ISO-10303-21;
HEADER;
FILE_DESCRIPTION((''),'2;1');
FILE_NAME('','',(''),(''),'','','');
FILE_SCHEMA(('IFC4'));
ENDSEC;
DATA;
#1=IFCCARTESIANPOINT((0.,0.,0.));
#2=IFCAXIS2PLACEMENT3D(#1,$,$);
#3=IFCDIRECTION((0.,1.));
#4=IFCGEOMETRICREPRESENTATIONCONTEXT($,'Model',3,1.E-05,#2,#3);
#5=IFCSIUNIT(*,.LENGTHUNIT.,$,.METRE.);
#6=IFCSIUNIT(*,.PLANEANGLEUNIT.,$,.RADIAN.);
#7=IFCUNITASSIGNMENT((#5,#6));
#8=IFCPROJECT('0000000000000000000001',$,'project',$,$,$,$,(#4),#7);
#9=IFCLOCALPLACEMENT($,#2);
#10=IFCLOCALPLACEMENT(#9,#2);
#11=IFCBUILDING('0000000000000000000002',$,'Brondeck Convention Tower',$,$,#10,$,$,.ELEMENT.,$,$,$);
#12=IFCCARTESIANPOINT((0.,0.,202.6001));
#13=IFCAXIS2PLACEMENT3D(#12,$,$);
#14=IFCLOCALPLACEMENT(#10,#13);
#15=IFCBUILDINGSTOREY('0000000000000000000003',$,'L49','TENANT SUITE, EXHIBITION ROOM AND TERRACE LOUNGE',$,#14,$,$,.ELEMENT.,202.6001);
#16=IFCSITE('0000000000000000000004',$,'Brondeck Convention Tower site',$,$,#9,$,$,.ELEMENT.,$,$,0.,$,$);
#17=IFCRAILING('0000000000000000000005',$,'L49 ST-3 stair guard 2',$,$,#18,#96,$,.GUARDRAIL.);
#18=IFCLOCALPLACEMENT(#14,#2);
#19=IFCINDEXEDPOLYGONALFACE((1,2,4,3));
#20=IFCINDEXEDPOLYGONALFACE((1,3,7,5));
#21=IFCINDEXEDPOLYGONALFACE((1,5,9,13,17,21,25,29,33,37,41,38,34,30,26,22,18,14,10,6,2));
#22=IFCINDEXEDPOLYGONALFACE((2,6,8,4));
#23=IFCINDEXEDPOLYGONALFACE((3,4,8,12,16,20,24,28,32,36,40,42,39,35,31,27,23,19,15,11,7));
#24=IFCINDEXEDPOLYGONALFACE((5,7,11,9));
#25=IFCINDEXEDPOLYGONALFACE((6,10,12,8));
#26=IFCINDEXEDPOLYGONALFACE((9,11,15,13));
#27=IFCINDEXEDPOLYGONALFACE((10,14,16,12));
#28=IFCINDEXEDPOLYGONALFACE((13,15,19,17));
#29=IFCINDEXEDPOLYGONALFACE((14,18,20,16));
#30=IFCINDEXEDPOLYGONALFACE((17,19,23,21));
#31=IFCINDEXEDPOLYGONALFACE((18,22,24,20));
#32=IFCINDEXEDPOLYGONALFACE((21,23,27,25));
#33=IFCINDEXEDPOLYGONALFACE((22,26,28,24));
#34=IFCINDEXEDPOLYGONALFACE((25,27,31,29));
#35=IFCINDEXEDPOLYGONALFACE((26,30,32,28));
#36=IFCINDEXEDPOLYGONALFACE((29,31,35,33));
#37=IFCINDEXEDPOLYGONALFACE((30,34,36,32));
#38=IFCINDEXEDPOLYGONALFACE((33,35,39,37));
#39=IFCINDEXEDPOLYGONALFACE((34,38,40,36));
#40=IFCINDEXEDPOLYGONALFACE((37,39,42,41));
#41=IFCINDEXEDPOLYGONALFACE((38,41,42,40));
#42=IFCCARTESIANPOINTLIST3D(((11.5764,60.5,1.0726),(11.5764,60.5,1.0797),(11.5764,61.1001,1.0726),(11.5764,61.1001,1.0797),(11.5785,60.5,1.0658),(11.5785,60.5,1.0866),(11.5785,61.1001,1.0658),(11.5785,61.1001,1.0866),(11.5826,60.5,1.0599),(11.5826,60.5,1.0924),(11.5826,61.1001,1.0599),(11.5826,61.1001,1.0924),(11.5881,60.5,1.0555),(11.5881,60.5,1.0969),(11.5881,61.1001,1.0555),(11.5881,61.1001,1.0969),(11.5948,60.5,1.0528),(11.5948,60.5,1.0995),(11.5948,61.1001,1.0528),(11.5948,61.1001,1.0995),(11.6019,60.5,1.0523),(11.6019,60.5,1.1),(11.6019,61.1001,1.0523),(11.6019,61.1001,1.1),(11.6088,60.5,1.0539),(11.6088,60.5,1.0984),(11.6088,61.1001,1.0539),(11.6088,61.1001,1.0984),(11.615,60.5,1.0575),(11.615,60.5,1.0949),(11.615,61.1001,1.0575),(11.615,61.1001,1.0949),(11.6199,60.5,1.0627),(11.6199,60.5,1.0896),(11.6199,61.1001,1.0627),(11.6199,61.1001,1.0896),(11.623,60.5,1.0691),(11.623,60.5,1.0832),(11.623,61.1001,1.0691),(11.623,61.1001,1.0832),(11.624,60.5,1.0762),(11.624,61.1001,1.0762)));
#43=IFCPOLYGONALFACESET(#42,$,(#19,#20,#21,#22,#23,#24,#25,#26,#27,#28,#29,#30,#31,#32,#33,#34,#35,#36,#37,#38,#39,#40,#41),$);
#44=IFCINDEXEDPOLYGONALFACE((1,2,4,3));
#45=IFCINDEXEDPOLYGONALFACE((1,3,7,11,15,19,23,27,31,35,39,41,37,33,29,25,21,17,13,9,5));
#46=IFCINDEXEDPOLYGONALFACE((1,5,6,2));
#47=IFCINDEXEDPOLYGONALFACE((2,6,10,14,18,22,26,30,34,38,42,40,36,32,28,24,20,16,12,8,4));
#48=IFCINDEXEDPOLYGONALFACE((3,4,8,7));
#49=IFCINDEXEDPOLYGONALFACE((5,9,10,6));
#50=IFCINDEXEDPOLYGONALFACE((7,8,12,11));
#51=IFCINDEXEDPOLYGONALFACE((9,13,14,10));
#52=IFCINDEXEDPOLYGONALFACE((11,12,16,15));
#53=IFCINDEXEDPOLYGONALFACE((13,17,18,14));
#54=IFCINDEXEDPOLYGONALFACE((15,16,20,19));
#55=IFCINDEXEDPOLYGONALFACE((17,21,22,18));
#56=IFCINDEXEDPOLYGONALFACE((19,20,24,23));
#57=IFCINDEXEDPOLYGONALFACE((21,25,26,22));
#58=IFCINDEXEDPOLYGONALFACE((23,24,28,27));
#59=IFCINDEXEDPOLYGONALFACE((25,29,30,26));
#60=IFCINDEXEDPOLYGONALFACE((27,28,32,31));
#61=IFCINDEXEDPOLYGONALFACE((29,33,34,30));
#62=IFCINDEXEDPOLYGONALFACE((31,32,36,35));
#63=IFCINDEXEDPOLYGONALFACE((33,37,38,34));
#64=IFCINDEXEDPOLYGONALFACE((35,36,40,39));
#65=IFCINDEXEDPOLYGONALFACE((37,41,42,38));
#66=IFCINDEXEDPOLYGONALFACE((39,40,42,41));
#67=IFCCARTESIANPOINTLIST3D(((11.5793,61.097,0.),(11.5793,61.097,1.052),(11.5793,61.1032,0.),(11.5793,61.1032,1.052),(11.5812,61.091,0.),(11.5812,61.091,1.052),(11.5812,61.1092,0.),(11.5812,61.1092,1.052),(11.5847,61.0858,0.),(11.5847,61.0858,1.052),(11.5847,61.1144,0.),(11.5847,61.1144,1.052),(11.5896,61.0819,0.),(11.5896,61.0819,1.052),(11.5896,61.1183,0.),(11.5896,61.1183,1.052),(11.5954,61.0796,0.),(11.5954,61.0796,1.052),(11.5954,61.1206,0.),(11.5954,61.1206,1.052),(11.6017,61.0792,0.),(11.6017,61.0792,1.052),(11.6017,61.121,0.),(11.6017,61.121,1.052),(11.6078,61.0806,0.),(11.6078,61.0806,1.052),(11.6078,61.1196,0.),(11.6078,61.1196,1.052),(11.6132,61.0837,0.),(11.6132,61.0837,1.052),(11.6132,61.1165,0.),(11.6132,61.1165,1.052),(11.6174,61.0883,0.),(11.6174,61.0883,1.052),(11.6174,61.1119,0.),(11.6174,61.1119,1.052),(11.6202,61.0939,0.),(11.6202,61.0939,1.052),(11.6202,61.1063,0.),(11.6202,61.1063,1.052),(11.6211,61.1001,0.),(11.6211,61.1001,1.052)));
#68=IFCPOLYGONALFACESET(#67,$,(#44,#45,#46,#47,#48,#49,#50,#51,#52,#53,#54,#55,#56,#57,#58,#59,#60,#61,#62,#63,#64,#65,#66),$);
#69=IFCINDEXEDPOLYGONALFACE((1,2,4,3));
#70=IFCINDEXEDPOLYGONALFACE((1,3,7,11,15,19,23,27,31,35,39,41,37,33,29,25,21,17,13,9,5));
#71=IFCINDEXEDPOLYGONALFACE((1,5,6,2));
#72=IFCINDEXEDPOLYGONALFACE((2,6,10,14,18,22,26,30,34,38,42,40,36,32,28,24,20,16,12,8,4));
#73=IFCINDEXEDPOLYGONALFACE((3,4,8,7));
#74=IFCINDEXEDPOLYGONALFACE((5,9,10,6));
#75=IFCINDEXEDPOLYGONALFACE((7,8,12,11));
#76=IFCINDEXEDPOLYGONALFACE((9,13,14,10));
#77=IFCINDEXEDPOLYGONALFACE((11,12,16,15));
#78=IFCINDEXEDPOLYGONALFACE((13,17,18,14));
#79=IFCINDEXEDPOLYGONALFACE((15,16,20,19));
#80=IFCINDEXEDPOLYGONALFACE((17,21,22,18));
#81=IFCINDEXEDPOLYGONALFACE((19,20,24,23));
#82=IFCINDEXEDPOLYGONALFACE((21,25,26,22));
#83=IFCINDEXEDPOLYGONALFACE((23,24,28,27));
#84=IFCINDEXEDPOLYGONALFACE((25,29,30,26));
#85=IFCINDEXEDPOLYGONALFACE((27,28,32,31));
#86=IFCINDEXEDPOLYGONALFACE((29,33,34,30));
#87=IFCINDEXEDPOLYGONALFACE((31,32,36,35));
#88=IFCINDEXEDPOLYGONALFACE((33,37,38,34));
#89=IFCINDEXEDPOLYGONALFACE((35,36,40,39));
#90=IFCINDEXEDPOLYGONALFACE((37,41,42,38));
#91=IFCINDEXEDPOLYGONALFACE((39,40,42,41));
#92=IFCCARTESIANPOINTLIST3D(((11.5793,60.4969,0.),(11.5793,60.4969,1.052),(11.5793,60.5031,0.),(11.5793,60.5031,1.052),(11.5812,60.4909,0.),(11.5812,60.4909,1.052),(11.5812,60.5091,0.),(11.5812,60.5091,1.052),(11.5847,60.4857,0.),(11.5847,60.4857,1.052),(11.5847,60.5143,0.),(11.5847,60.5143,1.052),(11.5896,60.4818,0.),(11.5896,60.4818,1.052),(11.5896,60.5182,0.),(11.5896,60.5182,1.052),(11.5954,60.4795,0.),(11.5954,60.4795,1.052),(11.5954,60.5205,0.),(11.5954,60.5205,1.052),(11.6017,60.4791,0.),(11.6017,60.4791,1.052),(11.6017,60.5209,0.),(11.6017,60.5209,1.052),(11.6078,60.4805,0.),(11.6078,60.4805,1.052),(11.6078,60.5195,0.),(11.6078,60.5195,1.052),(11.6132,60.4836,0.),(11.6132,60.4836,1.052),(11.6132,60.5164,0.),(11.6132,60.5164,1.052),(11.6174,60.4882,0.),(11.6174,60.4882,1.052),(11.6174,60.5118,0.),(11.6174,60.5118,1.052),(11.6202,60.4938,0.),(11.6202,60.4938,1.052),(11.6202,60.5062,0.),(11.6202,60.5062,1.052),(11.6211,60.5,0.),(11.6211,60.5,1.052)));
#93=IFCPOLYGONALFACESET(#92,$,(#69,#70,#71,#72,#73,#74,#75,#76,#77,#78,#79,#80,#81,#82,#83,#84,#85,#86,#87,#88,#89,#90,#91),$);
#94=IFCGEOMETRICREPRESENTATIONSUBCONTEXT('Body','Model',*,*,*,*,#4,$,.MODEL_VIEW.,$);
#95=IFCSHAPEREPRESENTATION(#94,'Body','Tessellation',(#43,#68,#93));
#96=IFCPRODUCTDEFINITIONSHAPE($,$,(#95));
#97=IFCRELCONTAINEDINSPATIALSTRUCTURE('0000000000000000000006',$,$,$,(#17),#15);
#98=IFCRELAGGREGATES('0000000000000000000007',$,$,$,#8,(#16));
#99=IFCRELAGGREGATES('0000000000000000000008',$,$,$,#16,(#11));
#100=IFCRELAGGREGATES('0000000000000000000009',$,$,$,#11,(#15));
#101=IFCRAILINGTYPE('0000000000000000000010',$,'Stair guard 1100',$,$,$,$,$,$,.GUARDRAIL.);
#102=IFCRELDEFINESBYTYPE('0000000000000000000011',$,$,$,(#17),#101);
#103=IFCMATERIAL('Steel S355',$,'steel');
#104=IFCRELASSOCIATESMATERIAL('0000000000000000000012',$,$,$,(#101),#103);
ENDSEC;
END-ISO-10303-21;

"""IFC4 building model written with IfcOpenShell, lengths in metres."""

from ifc_helpers import new_model, si_unit, direction, frame, origin, origin_2d, place, context, subcontext, project, spatial, circle, extrude, material, type_object, element, save


model = new_model("IFC4")

# Units and contexts
model_context = context("Model", 3, precision=1e-05, world=origin(), true_north=direction((0.0, 1.0)))
body_context = subcontext(model_context, "Body", "Model", "MODEL_VIEW")
ifc_project = project(units=[si_unit("LENGTHUNIT", "METRE"), si_unit("PLANEANGLEUNIT", "RADIAN")], contexts=[model_context])

# Site, building, storey
site_placement = place(None, origin())
site = spatial("IfcSite", under=ifc_project, at=site_placement, Name="Brondeck Convention Tower site", CompositionType="ELEMENT", RefElevation=0.0)
building_placement = place(site_placement, origin())
building = spatial("IfcBuilding", under=site, at=building_placement, Name="Brondeck Convention Tower", CompositionType="ELEMENT")
storey_placement = place(building_placement, frame((0.0, 0.0, 202.6001)))
storey = spatial("IfcBuildingStorey", under=building, at=storey_placement, Name="L49", Description="TENANT SUITE, EXHIBITION ROOM AND TERRACE LOUNGE", CompositionType="ELEMENT", Elevation=202.6001)

# Railing
ifc_material_1 = material(Name="Steel S355", Category="steel")
railing_type_1 = type_object("IfcRailingType", Name="Stair guard 1100", PredefinedType="GUARDRAIL", material=ifc_material_1)
railing_1_placement = place(storey_placement, frame((11.6001, 61.1001, 0.0)))
element("IfcRailing", 1, at=railing_1_placement, inside=storey, type_object=railing_type_1, Name="L49 ST-3 stair guard 2", PredefinedType="GUARDRAIL", context=body_context, shape_type="SweptSolid", body=[
    extrude(circle(Radius=0.0239, at=origin_2d()), frame((0.0, 0.0, 1.0762), z_axis=(0.0, -1.0, 0.0), x_axis=(1.0, 0.0, 0.0)), (0.0, 0.0, 1.0), 0.6001),
    extrude(circle(Radius=0.021, at=origin_2d()), origin(), (0.0, 0.0, 1.0), 1.052),
    extrude(circle(Radius=0.021, at=origin_2d()), frame((0.0, -0.6001, 0.0)), (0.0, 0.0, 1.0), 1.052),
])

save(model, "model.ifc")
